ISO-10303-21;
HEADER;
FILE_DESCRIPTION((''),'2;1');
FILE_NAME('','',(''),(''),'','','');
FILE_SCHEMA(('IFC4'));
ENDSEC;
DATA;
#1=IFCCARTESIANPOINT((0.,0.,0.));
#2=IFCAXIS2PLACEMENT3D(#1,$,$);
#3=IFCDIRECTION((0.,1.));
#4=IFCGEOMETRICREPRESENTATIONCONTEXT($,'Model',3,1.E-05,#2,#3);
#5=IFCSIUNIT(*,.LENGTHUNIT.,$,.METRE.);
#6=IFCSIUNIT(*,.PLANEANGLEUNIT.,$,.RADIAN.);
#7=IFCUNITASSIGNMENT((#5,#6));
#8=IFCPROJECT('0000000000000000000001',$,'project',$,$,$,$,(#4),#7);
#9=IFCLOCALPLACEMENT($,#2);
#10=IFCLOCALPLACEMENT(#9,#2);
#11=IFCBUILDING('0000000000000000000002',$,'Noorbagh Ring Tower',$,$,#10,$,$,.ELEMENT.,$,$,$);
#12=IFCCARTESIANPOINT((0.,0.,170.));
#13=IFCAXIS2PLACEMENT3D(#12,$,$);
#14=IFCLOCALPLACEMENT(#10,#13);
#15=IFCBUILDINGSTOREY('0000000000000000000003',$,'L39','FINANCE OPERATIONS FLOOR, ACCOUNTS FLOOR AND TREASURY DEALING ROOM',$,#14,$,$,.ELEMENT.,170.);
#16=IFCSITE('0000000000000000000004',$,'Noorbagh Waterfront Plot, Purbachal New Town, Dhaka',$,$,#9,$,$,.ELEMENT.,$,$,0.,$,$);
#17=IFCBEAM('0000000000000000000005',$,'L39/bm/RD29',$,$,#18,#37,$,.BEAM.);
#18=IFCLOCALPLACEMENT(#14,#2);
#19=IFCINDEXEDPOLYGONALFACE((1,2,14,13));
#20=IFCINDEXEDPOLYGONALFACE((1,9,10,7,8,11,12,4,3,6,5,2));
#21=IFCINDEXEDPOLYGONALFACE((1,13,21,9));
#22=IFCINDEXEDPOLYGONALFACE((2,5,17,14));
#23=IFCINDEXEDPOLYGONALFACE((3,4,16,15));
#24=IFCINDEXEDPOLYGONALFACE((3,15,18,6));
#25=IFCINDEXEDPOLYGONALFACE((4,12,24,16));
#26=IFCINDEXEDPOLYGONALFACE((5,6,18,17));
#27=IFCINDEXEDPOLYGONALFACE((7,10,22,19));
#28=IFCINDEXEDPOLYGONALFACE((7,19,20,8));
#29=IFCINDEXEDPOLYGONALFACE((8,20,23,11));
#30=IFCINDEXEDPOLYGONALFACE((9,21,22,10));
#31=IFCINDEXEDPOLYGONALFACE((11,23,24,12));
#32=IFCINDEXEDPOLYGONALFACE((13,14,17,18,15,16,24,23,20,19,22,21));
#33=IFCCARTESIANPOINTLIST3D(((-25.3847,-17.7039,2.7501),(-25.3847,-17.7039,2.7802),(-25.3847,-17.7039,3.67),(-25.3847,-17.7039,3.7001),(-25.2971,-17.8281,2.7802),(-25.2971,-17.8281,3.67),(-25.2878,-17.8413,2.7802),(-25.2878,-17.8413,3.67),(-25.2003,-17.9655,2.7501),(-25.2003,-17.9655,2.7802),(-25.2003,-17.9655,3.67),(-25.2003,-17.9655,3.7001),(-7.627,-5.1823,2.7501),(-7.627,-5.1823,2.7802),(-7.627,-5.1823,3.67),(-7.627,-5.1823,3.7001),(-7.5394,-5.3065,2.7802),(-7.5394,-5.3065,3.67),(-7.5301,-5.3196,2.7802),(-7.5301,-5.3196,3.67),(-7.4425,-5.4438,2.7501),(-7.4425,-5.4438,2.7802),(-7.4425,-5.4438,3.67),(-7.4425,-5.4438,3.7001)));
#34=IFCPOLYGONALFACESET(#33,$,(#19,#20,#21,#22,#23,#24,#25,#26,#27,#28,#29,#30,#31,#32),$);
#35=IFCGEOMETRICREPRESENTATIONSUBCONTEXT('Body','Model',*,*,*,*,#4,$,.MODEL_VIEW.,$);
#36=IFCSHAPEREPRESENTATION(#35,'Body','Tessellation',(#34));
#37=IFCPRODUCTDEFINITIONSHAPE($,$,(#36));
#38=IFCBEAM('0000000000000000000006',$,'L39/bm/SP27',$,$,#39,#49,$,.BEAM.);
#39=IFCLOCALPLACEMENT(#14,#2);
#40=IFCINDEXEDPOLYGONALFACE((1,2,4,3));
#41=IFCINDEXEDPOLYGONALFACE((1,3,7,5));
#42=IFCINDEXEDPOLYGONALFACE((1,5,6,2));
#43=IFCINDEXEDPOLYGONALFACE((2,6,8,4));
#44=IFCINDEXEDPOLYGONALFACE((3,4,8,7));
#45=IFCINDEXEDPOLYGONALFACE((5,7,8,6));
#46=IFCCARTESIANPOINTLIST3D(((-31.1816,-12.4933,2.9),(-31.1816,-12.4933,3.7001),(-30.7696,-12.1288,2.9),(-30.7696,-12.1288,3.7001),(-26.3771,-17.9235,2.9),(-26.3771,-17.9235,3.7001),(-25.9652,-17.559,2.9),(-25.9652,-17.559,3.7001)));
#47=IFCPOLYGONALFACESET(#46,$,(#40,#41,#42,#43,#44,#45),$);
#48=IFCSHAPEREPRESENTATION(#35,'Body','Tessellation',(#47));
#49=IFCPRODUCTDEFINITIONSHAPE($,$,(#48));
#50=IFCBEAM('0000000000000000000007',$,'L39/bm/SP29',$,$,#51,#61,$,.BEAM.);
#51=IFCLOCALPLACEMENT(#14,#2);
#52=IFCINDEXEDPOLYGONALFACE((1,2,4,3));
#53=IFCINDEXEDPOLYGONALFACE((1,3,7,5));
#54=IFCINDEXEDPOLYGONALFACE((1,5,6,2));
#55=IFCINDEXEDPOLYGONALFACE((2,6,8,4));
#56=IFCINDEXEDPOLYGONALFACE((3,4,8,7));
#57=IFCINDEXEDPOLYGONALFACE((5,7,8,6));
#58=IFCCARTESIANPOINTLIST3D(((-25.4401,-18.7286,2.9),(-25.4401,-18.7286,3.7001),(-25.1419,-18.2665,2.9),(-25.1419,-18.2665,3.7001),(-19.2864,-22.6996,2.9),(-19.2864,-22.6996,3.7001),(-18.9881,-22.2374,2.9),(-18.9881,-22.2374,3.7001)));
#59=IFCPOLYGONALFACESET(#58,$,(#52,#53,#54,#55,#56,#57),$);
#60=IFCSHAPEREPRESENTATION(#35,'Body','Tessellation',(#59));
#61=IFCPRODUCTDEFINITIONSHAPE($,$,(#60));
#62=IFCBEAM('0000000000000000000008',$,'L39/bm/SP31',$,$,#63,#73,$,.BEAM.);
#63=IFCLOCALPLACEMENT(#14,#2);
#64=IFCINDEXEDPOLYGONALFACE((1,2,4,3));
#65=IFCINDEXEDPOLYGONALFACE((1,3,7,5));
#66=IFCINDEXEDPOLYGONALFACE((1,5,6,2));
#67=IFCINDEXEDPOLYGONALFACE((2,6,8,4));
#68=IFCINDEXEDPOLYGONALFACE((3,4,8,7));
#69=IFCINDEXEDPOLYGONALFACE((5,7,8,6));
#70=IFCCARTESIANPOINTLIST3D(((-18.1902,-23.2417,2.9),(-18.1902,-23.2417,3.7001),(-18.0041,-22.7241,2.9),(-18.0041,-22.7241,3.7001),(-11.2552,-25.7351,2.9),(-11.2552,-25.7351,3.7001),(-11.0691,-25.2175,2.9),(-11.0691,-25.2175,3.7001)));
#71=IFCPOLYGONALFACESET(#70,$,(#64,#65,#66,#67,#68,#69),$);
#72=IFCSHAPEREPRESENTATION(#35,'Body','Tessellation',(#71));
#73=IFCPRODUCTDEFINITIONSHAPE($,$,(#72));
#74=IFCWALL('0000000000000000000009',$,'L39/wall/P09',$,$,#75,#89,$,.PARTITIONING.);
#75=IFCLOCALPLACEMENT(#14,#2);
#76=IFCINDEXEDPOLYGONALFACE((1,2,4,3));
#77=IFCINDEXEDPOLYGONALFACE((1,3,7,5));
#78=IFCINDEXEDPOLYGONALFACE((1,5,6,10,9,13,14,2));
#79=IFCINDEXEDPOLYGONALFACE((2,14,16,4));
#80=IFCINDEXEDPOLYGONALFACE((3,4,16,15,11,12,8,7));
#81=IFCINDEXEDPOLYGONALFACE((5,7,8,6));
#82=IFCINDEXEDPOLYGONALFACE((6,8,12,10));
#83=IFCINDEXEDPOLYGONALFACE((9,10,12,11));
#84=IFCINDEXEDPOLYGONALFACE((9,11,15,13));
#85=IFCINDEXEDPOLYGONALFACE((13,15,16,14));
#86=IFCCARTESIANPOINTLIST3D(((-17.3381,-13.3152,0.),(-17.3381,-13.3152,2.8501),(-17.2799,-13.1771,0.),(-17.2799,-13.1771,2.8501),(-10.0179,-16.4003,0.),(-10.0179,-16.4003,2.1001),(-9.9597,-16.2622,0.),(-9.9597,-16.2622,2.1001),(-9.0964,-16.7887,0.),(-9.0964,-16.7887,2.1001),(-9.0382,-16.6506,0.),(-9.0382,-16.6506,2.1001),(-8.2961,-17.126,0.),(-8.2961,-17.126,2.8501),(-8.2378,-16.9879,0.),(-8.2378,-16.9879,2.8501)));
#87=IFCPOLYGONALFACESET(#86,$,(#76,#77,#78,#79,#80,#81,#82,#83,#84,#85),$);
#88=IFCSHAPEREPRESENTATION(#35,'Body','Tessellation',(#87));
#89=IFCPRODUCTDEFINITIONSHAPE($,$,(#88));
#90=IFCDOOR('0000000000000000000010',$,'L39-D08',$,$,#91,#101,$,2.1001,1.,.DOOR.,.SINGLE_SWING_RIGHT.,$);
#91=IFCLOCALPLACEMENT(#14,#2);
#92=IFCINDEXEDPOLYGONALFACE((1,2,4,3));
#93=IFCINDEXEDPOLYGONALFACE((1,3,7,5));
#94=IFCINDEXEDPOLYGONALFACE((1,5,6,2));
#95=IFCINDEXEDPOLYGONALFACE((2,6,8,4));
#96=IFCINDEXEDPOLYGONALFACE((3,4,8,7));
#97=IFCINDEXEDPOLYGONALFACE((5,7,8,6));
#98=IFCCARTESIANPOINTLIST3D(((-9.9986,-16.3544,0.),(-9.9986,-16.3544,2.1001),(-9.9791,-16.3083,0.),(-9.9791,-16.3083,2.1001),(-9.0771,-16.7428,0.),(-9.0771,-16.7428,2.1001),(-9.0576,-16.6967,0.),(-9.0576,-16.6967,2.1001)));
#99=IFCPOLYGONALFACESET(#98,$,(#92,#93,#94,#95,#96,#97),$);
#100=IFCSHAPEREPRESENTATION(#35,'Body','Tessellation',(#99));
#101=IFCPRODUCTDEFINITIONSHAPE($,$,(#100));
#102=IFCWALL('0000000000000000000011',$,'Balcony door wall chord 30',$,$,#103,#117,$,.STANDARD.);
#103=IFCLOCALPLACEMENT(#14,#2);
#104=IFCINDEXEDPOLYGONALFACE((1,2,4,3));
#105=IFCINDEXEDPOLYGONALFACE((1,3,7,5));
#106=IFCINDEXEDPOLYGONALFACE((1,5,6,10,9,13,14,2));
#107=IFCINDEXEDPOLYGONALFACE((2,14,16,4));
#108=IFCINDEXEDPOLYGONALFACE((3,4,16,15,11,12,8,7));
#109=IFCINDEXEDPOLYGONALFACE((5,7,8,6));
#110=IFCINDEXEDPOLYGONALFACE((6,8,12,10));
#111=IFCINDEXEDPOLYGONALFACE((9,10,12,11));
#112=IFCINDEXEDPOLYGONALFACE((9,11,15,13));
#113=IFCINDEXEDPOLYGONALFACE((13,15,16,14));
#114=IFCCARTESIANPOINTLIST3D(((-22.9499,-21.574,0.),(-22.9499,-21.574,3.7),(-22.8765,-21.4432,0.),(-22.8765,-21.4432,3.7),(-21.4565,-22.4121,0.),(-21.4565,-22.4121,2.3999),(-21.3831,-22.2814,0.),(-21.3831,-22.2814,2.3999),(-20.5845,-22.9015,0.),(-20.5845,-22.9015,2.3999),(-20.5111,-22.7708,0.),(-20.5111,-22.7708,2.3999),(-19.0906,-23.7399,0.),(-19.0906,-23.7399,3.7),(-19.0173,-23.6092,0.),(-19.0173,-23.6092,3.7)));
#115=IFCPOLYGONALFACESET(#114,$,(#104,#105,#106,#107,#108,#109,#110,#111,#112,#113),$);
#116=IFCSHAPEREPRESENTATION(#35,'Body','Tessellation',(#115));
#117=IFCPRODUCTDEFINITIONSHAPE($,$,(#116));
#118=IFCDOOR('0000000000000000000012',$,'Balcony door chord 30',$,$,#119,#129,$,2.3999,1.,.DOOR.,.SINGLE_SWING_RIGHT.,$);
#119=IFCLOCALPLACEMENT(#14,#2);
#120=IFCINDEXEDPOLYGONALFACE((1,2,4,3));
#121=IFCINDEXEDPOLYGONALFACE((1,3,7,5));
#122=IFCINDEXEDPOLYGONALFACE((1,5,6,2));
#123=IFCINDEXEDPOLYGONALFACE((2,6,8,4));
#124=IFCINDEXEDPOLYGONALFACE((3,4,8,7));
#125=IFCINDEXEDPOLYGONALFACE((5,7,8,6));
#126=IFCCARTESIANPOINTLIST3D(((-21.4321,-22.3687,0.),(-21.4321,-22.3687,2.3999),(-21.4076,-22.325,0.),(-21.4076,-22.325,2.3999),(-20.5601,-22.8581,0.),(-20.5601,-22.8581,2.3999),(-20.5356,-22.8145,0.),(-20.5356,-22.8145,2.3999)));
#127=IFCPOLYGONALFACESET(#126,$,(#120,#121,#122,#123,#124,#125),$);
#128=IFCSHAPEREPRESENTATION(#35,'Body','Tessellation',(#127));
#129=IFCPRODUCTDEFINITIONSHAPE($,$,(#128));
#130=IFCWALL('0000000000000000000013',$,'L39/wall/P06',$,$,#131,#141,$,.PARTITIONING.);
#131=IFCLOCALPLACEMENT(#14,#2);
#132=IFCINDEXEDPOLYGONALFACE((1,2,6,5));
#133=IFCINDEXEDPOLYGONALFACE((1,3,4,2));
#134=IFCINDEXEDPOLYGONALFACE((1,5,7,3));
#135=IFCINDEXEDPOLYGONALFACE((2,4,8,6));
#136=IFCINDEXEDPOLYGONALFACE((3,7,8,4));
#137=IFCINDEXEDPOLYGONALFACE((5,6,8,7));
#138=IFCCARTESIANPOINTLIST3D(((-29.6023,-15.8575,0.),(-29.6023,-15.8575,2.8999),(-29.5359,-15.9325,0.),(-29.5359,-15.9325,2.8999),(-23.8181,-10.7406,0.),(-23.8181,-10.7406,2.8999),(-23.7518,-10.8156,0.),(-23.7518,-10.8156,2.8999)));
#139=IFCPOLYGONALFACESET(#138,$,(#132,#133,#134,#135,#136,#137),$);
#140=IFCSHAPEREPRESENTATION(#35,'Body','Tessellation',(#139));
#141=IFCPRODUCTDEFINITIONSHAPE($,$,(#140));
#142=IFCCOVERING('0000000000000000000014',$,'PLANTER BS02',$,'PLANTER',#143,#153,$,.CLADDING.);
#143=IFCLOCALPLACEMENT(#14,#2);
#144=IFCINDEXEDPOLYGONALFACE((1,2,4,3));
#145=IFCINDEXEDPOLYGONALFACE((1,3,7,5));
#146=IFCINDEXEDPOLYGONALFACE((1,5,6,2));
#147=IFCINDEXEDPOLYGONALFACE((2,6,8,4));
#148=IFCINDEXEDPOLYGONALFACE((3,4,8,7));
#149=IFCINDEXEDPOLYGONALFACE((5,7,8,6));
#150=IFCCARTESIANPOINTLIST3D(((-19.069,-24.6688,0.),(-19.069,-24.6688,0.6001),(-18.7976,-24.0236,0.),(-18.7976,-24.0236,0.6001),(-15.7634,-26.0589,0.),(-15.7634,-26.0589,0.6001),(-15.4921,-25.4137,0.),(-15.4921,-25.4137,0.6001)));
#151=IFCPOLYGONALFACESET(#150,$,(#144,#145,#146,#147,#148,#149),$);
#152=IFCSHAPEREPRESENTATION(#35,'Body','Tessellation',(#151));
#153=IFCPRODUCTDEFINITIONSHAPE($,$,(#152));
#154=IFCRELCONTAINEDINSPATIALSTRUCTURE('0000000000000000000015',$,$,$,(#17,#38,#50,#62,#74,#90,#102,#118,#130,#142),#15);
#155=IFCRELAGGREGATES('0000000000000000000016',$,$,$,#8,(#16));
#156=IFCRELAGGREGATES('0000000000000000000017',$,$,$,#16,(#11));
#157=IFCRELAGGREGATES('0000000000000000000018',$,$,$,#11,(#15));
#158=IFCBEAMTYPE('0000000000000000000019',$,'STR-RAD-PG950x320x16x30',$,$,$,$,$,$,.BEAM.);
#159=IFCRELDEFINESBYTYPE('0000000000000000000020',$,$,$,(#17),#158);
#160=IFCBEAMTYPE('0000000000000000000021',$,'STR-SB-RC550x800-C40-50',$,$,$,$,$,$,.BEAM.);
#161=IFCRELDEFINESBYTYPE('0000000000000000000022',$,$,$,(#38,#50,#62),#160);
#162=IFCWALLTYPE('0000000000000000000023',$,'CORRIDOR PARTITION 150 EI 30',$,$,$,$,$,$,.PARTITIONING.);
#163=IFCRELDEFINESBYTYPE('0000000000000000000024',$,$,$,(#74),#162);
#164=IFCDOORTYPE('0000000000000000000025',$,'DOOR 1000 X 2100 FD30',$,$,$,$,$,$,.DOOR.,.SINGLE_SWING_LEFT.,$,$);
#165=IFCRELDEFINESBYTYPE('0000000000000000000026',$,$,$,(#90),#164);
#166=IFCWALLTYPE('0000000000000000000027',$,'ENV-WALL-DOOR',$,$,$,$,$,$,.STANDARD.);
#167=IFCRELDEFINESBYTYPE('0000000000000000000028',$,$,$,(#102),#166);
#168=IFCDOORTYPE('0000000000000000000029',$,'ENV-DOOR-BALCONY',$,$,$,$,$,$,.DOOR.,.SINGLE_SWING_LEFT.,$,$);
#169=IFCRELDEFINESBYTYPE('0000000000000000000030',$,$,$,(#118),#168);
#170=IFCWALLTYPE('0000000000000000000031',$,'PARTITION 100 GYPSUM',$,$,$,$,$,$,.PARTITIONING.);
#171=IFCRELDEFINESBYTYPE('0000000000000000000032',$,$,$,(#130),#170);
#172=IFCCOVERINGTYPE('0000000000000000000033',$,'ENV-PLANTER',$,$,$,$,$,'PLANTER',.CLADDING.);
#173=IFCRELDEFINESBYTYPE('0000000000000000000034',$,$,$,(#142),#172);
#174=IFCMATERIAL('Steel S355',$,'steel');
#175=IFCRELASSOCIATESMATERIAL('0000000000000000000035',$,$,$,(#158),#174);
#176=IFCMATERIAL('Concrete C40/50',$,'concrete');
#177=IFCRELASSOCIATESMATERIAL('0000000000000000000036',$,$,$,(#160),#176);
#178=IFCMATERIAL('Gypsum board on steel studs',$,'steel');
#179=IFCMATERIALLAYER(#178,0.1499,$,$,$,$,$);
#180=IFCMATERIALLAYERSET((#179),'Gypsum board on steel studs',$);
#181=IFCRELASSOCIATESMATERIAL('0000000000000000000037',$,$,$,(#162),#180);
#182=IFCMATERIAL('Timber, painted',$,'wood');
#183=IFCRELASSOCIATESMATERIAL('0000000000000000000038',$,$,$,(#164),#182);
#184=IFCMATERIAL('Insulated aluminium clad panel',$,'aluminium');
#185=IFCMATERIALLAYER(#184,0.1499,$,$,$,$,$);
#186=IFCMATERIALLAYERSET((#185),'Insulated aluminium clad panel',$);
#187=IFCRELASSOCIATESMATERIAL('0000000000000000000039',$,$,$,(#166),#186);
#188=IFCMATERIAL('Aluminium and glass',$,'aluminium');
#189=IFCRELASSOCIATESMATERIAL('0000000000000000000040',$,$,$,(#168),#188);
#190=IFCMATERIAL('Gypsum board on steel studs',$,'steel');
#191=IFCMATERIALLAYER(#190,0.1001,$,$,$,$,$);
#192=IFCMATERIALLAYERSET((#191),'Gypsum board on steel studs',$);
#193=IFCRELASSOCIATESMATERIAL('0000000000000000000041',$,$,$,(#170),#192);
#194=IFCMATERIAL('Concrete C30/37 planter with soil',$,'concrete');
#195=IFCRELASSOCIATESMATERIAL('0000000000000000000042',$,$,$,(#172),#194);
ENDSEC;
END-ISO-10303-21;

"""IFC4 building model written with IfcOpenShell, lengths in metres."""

from ifc_helpers import new_model, si_unit, direction, frame, frame_2d, origin, origin_2d, place, context, subcontext, project, spatial, rectangle, i_section, extrude, material, layer, layer_set, material_profile, profile_set, type_object, element, fill, save


model = new_model("IFC4")

# Units and contexts
model_context = context("Model", 3, precision=1e-05, world=origin(), true_north=direction((0.0, 1.0)))
body_context = subcontext(model_context, "Body", "Model", "MODEL_VIEW")
ifc_project = project(units=[si_unit("LENGTHUNIT", "METRE"), si_unit("PLANEANGLEUNIT", "RADIAN")], contexts=[model_context])

# Site, building, storey
site_placement = place(None, origin())
site = spatial("IfcSite", under=ifc_project, at=site_placement, Name="Noorbagh Waterfront Plot, Purbachal New Town, Dhaka", CompositionType="ELEMENT", RefElevation=0.0)
building_placement = place(site_placement, origin())
building = spatial("IfcBuilding", under=site, at=building_placement, Name="Noorbagh Ring Tower", CompositionType="ELEMENT")
storey_placement = place(building_placement, frame((0.0, 0.0, 170.0)))
storey = spatial("IfcBuildingStorey", under=building, at=storey_placement, Name="L39", Description="FINANCE OPERATIONS FLOOR, ACCOUNTS FLOOR AND TREASURY DEALING ROOM", CompositionType="ELEMENT", Elevation=170.0)

# Beams
ifc_material_1 = material(Name="Steel S355", Category="steel")
ifc_material_profile_1 = material_profile(ifc_material_1, i_section(OverallWidth=0.3201, OverallDepth=0.95, WebThickness=0.0161, FlangeThickness=0.03, at=origin_2d()), Name="PG950x320x16x30")
ifc_profile_set_1 = profile_set([ifc_material_profile_1], Name="Steel S355")
beam_type_1 = type_object("IfcBeamType", Name="STR-RAD-PG950x320x16x30", PredefinedType="BEAM", material=ifc_profile_set_1)
beam_1_placement = place(storey_placement, frame((-25.2925, -17.8347, 3.2251), z_axis=(0.817254, 0.576278, 0.0), x_axis=(-0.576278, 0.817254, 0.0)))
element("IfcBeam", 1, at=beam_1_placement, inside=storey, type_object=beam_type_1, Name="L39/bm/RD29", PredefinedType="BEAM", context=body_context, shape_type="SweptSolid", body=[
    extrude(i_section(OverallWidth=0.3201, OverallDepth=0.95, WebThickness=0.0161, FlangeThickness=0.03, at=origin_2d()), origin(), (0.0, 0.0, 1.0), 21.7285),
])
ifc_material_2 = material(Name="Concrete C40/50", Category="concrete")
ifc_material_profile_2 = material_profile(ifc_material_2, rectangle(XDim=0.55, YDim=0.8, at=origin_2d()), Name="RC550x800")
ifc_profile_set_2 = profile_set([ifc_material_profile_2], Name="Concrete C40/50")
beam_type_2 = type_object("IfcBeamType", Name="STR-SB-RC550x800-C40-50", PredefinedType="BEAM", material=ifc_profile_set_2)
beam_2_placement = place(storey_placement, frame((-30.9756, -12.311, 3.3), z_axis=(0.662638, -0.74894, 0.0), x_axis=(0.74894, 0.662638, 0.0)))
element("IfcBeam", 2, at=beam_2_placement, inside=storey, type_object=beam_type_2, Name="L39/bm/SP27", PredefinedType="BEAM", context=body_context, shape_type="SweptSolid", body=[
    extrude(rectangle(XDim=0.55, YDim=0.8, at=origin_2d()), origin(), (0.0, 0.0, 1.0), 7.2505),
])
beam_3_placement = place(storey_placement, frame((-25.291, -18.4976, 3.3), z_axis=(0.84025, -0.542199, 0.0), x_axis=(0.542199, 0.84025, 0.0)))
element("IfcBeam", 3, at=beam_3_placement, inside=storey, type_object=beam_type_2, Name="L39/bm/SP29", PredefinedType="BEAM", context=body_context, shape_type="SweptSolid", body=[
    extrude(rectangle(XDim=0.55, YDim=0.8, at=origin_2d()), origin(), (0.0, 0.0, 1.0), 7.3237),
])
beam_4_placement = place(storey_placement, frame((-18.0972, -22.9829, 3.3), z_axis=(0.941026, -0.338333, 0.0), x_axis=(0.338333, 0.941026, 0.0)))
element("IfcBeam", 4, at=beam_4_placement, inside=storey, type_object=beam_type_2, Name="L39/bm/SP31", PredefinedType="BEAM", context=body_context, shape_type="SweptSolid", body=[
    extrude(rectangle(XDim=0.55, YDim=0.8, at=origin_2d()), origin(), (0.0, 0.0, 1.0), 7.3696),
])

# Walls, openings, doors
ifc_material_3 = material(Name="Gypsum board on steel studs", Category="steel")
ifc_layer_1 = layer(ifc_material_3, 0.1499)
ifc_layer_set_1 = layer_set([ifc_layer_1], Name="Gypsum board on steel studs")
wall_type_1 = type_object("IfcWallType", Name="CORRIDOR PARTITION 150 EI 30", PredefinedType="PARTITIONING", material=ifc_layer_set_1)
wall_1_placement = place(storey_placement, frame((-17.3091, -13.2461, 0.0), z_axis=(0.0, 0.0, 1.0), x_axis=(0.921503, -0.388372, 0.0)))
wall_1 = element("IfcWall", 5, at=wall_1_placement, inside=storey, type_object=wall_type_1, Name="L39/wall/P09", PredefinedType="PARTITIONING", context=body_context, shape_type="SweptSolid", body=[
    extrude(rectangle(XDim=9.8123, YDim=0.1499, at=frame_2d((4.9062, 0.0))), origin(), (0.0, 0.0, 1.0), 2.8501),
])
opening_1_placement = place(wall_1_placement, frame((7.9438, 0.0, 0.0)))
opening_1 = element("IfcOpeningElement", 6, at=opening_1_placement, cuts=wall_1, PredefinedType="OPENING", context=body_context, shape_type="SweptSolid", body=[
    extrude(rectangle(XDim=1.0, YDim=2.1001, at=frame_2d((0.5, 1.05))), frame((0.0, 0.085, 0.0), z_axis=(0.0, -1.0, 0.0), x_axis=(1.0, 0.0, 0.0)), (0.0, 0.0, 1.0), 0.1699),
])
ifc_material_4 = material(Name="Timber, painted", Category="wood")
door_type_1 = type_object("IfcDoorType", Name="DOOR 1000 X 2100 FD30", OperationType="SINGLE_SWING_LEFT", PredefinedType="DOOR", material=ifc_material_4)
door_1_placement = place(opening_1_placement, origin())
door_1 = element("IfcDoor", 7, at=door_1_placement, inside=storey, type_object=door_type_1, Name="L39-D08", OperationType="SINGLE_SWING_RIGHT", OverallHeight=2.1001, OverallWidth=1.0, PredefinedType="DOOR", context=body_context, shape_type="SweptSolid", body=[
    extrude(rectangle(XDim=1.0, YDim=2.1001, at=frame_2d((0.5, 1.05))), frame((0.0, 0.0249, 0.0), z_axis=(0.0, -1.0, 0.0), x_axis=(1.0, 0.0, 0.0)), (0.0, 0.0, 1.0), 0.05),
])
fill(opening_1, door_1)
ifc_material_5 = material(Name="Insulated aluminium clad panel", Category="aluminium")
ifc_layer_2 = layer(ifc_material_5, 0.1499)
ifc_layer_set_2 = layer_set([ifc_layer_2], Name="Insulated aluminium clad panel")
wall_type_2 = type_object("IfcWallType", Name="ENV-WALL-DOOR", PredefinedType="STANDARD", material=ifc_layer_set_2)
wall_2_placement = place(storey_placement, frame((-22.9133, -21.5085, 0.0), z_axis=(0.0, 0.0, 1.0), x_axis=(0.872047, -0.489423, 0.0)))
wall_2 = element("IfcWall", 8, at=wall_2_placement, inside=storey, type_object=wall_type_2, Name="Balcony door wall chord 30", PredefinedType="STANDARD", context=body_context, shape_type="SweptSolid", body=[
    extrude(rectangle(XDim=4.4255, YDim=0.1499, at=frame_2d((2.2129, 0.0))), origin(), (0.0, 0.0, 1.0), 3.7),
])
opening_2_placement = place(wall_2_placement, frame((1.7126, 0.0, 0.0)))
opening_2 = element("IfcOpeningElement", 9, at=opening_2_placement, cuts=wall_2, PredefinedType="OPENING", context=body_context, shape_type="SweptSolid", body=[
    extrude(rectangle(XDim=1.0, YDim=2.3999, at=frame_2d((0.5, 1.2))), frame((0.0, 0.085, 0.0), z_axis=(0.0, -1.0, 0.0), x_axis=(1.0, 0.0, 0.0)), (0.0, 0.0, 1.0), 0.1699),
])
ifc_material_6 = material(Name="Aluminium and glass", Category="aluminium")
door_type_2 = type_object("IfcDoorType", Name="ENV-DOOR-BALCONY", OperationType="SINGLE_SWING_LEFT", PredefinedType="DOOR", material=ifc_material_6)
door_2_placement = place(opening_2_placement, origin())
door_2 = element("IfcDoor", 10, at=door_2_placement, inside=storey, type_object=door_type_2, Name="Balcony door chord 30", OperationType="SINGLE_SWING_RIGHT", OverallHeight=2.3999, OverallWidth=1.0, PredefinedType="DOOR", context=body_context, shape_type="SweptSolid", body=[
    extrude(rectangle(XDim=1.0, YDim=2.3999, at=frame_2d((0.5, 1.2))), frame((0.0, 0.0249, 0.0), z_axis=(0.0, -1.0, 0.0), x_axis=(1.0, 0.0, 0.0)), (0.0, 0.0, 1.0), 0.05),
])
fill(opening_2, door_2)

# Wall
ifc_material_7 = material(Name="Gypsum board on steel studs", Category="steel")
ifc_layer_3 = layer(ifc_material_7, 0.1001)
ifc_layer_set_3 = layer_set([ifc_layer_3], Name="Gypsum board on steel studs")
wall_type_3 = type_object("IfcWallType", Name="PARTITION 100 GYPSUM", PredefinedType="PARTITIONING", material=ifc_layer_set_3)
wall_3_placement = place(storey_placement, frame((-29.5691, -15.895, 0.0), z_axis=(0.0, 0.0, 1.0), x_axis=(0.748986, 0.662586, 0.0)))
element("IfcWall", 11, at=wall_3_placement, inside=storey, type_object=wall_type_3, Name="L39/wall/P06", PredefinedType="PARTITIONING", context=body_context, shape_type="SweptSolid", body=[
    extrude(rectangle(XDim=7.7227, YDim=0.1001, at=frame_2d((3.8613, 0.0))), origin(), (0.0, 0.0, 1.0), 2.8999),
])

# Covering
ifc_material_8 = material(Name="Concrete C30/37 planter with soil", Category="concrete")
covering_type = type_object("IfcCoveringType", Name="ENV-PLANTER", ElementType="PLANTER", PredefinedType="CLADDING", material=ifc_material_8)
covering_placement = place(storey_placement, frame((-17.2805, -25.0413, 0.0), z_axis=(0.0, 0.0, 1.0), x_axis=(0.921812, -0.387638, 0.0)))
element("IfcCovering", 12, at=covering_placement, inside=storey, type_object=covering_type, Name="PLANTER BS02", ObjectType="PLANTER", PredefinedType="CLADDING", context=body_context, shape_type="SweptSolid", body=[
    extrude(rectangle(XDim=3.5859, YDim=0.7, at=origin_2d()), origin(), (0.0, 0.0, 1.0), 0.6001),
])

save(model, "model.ifc")
